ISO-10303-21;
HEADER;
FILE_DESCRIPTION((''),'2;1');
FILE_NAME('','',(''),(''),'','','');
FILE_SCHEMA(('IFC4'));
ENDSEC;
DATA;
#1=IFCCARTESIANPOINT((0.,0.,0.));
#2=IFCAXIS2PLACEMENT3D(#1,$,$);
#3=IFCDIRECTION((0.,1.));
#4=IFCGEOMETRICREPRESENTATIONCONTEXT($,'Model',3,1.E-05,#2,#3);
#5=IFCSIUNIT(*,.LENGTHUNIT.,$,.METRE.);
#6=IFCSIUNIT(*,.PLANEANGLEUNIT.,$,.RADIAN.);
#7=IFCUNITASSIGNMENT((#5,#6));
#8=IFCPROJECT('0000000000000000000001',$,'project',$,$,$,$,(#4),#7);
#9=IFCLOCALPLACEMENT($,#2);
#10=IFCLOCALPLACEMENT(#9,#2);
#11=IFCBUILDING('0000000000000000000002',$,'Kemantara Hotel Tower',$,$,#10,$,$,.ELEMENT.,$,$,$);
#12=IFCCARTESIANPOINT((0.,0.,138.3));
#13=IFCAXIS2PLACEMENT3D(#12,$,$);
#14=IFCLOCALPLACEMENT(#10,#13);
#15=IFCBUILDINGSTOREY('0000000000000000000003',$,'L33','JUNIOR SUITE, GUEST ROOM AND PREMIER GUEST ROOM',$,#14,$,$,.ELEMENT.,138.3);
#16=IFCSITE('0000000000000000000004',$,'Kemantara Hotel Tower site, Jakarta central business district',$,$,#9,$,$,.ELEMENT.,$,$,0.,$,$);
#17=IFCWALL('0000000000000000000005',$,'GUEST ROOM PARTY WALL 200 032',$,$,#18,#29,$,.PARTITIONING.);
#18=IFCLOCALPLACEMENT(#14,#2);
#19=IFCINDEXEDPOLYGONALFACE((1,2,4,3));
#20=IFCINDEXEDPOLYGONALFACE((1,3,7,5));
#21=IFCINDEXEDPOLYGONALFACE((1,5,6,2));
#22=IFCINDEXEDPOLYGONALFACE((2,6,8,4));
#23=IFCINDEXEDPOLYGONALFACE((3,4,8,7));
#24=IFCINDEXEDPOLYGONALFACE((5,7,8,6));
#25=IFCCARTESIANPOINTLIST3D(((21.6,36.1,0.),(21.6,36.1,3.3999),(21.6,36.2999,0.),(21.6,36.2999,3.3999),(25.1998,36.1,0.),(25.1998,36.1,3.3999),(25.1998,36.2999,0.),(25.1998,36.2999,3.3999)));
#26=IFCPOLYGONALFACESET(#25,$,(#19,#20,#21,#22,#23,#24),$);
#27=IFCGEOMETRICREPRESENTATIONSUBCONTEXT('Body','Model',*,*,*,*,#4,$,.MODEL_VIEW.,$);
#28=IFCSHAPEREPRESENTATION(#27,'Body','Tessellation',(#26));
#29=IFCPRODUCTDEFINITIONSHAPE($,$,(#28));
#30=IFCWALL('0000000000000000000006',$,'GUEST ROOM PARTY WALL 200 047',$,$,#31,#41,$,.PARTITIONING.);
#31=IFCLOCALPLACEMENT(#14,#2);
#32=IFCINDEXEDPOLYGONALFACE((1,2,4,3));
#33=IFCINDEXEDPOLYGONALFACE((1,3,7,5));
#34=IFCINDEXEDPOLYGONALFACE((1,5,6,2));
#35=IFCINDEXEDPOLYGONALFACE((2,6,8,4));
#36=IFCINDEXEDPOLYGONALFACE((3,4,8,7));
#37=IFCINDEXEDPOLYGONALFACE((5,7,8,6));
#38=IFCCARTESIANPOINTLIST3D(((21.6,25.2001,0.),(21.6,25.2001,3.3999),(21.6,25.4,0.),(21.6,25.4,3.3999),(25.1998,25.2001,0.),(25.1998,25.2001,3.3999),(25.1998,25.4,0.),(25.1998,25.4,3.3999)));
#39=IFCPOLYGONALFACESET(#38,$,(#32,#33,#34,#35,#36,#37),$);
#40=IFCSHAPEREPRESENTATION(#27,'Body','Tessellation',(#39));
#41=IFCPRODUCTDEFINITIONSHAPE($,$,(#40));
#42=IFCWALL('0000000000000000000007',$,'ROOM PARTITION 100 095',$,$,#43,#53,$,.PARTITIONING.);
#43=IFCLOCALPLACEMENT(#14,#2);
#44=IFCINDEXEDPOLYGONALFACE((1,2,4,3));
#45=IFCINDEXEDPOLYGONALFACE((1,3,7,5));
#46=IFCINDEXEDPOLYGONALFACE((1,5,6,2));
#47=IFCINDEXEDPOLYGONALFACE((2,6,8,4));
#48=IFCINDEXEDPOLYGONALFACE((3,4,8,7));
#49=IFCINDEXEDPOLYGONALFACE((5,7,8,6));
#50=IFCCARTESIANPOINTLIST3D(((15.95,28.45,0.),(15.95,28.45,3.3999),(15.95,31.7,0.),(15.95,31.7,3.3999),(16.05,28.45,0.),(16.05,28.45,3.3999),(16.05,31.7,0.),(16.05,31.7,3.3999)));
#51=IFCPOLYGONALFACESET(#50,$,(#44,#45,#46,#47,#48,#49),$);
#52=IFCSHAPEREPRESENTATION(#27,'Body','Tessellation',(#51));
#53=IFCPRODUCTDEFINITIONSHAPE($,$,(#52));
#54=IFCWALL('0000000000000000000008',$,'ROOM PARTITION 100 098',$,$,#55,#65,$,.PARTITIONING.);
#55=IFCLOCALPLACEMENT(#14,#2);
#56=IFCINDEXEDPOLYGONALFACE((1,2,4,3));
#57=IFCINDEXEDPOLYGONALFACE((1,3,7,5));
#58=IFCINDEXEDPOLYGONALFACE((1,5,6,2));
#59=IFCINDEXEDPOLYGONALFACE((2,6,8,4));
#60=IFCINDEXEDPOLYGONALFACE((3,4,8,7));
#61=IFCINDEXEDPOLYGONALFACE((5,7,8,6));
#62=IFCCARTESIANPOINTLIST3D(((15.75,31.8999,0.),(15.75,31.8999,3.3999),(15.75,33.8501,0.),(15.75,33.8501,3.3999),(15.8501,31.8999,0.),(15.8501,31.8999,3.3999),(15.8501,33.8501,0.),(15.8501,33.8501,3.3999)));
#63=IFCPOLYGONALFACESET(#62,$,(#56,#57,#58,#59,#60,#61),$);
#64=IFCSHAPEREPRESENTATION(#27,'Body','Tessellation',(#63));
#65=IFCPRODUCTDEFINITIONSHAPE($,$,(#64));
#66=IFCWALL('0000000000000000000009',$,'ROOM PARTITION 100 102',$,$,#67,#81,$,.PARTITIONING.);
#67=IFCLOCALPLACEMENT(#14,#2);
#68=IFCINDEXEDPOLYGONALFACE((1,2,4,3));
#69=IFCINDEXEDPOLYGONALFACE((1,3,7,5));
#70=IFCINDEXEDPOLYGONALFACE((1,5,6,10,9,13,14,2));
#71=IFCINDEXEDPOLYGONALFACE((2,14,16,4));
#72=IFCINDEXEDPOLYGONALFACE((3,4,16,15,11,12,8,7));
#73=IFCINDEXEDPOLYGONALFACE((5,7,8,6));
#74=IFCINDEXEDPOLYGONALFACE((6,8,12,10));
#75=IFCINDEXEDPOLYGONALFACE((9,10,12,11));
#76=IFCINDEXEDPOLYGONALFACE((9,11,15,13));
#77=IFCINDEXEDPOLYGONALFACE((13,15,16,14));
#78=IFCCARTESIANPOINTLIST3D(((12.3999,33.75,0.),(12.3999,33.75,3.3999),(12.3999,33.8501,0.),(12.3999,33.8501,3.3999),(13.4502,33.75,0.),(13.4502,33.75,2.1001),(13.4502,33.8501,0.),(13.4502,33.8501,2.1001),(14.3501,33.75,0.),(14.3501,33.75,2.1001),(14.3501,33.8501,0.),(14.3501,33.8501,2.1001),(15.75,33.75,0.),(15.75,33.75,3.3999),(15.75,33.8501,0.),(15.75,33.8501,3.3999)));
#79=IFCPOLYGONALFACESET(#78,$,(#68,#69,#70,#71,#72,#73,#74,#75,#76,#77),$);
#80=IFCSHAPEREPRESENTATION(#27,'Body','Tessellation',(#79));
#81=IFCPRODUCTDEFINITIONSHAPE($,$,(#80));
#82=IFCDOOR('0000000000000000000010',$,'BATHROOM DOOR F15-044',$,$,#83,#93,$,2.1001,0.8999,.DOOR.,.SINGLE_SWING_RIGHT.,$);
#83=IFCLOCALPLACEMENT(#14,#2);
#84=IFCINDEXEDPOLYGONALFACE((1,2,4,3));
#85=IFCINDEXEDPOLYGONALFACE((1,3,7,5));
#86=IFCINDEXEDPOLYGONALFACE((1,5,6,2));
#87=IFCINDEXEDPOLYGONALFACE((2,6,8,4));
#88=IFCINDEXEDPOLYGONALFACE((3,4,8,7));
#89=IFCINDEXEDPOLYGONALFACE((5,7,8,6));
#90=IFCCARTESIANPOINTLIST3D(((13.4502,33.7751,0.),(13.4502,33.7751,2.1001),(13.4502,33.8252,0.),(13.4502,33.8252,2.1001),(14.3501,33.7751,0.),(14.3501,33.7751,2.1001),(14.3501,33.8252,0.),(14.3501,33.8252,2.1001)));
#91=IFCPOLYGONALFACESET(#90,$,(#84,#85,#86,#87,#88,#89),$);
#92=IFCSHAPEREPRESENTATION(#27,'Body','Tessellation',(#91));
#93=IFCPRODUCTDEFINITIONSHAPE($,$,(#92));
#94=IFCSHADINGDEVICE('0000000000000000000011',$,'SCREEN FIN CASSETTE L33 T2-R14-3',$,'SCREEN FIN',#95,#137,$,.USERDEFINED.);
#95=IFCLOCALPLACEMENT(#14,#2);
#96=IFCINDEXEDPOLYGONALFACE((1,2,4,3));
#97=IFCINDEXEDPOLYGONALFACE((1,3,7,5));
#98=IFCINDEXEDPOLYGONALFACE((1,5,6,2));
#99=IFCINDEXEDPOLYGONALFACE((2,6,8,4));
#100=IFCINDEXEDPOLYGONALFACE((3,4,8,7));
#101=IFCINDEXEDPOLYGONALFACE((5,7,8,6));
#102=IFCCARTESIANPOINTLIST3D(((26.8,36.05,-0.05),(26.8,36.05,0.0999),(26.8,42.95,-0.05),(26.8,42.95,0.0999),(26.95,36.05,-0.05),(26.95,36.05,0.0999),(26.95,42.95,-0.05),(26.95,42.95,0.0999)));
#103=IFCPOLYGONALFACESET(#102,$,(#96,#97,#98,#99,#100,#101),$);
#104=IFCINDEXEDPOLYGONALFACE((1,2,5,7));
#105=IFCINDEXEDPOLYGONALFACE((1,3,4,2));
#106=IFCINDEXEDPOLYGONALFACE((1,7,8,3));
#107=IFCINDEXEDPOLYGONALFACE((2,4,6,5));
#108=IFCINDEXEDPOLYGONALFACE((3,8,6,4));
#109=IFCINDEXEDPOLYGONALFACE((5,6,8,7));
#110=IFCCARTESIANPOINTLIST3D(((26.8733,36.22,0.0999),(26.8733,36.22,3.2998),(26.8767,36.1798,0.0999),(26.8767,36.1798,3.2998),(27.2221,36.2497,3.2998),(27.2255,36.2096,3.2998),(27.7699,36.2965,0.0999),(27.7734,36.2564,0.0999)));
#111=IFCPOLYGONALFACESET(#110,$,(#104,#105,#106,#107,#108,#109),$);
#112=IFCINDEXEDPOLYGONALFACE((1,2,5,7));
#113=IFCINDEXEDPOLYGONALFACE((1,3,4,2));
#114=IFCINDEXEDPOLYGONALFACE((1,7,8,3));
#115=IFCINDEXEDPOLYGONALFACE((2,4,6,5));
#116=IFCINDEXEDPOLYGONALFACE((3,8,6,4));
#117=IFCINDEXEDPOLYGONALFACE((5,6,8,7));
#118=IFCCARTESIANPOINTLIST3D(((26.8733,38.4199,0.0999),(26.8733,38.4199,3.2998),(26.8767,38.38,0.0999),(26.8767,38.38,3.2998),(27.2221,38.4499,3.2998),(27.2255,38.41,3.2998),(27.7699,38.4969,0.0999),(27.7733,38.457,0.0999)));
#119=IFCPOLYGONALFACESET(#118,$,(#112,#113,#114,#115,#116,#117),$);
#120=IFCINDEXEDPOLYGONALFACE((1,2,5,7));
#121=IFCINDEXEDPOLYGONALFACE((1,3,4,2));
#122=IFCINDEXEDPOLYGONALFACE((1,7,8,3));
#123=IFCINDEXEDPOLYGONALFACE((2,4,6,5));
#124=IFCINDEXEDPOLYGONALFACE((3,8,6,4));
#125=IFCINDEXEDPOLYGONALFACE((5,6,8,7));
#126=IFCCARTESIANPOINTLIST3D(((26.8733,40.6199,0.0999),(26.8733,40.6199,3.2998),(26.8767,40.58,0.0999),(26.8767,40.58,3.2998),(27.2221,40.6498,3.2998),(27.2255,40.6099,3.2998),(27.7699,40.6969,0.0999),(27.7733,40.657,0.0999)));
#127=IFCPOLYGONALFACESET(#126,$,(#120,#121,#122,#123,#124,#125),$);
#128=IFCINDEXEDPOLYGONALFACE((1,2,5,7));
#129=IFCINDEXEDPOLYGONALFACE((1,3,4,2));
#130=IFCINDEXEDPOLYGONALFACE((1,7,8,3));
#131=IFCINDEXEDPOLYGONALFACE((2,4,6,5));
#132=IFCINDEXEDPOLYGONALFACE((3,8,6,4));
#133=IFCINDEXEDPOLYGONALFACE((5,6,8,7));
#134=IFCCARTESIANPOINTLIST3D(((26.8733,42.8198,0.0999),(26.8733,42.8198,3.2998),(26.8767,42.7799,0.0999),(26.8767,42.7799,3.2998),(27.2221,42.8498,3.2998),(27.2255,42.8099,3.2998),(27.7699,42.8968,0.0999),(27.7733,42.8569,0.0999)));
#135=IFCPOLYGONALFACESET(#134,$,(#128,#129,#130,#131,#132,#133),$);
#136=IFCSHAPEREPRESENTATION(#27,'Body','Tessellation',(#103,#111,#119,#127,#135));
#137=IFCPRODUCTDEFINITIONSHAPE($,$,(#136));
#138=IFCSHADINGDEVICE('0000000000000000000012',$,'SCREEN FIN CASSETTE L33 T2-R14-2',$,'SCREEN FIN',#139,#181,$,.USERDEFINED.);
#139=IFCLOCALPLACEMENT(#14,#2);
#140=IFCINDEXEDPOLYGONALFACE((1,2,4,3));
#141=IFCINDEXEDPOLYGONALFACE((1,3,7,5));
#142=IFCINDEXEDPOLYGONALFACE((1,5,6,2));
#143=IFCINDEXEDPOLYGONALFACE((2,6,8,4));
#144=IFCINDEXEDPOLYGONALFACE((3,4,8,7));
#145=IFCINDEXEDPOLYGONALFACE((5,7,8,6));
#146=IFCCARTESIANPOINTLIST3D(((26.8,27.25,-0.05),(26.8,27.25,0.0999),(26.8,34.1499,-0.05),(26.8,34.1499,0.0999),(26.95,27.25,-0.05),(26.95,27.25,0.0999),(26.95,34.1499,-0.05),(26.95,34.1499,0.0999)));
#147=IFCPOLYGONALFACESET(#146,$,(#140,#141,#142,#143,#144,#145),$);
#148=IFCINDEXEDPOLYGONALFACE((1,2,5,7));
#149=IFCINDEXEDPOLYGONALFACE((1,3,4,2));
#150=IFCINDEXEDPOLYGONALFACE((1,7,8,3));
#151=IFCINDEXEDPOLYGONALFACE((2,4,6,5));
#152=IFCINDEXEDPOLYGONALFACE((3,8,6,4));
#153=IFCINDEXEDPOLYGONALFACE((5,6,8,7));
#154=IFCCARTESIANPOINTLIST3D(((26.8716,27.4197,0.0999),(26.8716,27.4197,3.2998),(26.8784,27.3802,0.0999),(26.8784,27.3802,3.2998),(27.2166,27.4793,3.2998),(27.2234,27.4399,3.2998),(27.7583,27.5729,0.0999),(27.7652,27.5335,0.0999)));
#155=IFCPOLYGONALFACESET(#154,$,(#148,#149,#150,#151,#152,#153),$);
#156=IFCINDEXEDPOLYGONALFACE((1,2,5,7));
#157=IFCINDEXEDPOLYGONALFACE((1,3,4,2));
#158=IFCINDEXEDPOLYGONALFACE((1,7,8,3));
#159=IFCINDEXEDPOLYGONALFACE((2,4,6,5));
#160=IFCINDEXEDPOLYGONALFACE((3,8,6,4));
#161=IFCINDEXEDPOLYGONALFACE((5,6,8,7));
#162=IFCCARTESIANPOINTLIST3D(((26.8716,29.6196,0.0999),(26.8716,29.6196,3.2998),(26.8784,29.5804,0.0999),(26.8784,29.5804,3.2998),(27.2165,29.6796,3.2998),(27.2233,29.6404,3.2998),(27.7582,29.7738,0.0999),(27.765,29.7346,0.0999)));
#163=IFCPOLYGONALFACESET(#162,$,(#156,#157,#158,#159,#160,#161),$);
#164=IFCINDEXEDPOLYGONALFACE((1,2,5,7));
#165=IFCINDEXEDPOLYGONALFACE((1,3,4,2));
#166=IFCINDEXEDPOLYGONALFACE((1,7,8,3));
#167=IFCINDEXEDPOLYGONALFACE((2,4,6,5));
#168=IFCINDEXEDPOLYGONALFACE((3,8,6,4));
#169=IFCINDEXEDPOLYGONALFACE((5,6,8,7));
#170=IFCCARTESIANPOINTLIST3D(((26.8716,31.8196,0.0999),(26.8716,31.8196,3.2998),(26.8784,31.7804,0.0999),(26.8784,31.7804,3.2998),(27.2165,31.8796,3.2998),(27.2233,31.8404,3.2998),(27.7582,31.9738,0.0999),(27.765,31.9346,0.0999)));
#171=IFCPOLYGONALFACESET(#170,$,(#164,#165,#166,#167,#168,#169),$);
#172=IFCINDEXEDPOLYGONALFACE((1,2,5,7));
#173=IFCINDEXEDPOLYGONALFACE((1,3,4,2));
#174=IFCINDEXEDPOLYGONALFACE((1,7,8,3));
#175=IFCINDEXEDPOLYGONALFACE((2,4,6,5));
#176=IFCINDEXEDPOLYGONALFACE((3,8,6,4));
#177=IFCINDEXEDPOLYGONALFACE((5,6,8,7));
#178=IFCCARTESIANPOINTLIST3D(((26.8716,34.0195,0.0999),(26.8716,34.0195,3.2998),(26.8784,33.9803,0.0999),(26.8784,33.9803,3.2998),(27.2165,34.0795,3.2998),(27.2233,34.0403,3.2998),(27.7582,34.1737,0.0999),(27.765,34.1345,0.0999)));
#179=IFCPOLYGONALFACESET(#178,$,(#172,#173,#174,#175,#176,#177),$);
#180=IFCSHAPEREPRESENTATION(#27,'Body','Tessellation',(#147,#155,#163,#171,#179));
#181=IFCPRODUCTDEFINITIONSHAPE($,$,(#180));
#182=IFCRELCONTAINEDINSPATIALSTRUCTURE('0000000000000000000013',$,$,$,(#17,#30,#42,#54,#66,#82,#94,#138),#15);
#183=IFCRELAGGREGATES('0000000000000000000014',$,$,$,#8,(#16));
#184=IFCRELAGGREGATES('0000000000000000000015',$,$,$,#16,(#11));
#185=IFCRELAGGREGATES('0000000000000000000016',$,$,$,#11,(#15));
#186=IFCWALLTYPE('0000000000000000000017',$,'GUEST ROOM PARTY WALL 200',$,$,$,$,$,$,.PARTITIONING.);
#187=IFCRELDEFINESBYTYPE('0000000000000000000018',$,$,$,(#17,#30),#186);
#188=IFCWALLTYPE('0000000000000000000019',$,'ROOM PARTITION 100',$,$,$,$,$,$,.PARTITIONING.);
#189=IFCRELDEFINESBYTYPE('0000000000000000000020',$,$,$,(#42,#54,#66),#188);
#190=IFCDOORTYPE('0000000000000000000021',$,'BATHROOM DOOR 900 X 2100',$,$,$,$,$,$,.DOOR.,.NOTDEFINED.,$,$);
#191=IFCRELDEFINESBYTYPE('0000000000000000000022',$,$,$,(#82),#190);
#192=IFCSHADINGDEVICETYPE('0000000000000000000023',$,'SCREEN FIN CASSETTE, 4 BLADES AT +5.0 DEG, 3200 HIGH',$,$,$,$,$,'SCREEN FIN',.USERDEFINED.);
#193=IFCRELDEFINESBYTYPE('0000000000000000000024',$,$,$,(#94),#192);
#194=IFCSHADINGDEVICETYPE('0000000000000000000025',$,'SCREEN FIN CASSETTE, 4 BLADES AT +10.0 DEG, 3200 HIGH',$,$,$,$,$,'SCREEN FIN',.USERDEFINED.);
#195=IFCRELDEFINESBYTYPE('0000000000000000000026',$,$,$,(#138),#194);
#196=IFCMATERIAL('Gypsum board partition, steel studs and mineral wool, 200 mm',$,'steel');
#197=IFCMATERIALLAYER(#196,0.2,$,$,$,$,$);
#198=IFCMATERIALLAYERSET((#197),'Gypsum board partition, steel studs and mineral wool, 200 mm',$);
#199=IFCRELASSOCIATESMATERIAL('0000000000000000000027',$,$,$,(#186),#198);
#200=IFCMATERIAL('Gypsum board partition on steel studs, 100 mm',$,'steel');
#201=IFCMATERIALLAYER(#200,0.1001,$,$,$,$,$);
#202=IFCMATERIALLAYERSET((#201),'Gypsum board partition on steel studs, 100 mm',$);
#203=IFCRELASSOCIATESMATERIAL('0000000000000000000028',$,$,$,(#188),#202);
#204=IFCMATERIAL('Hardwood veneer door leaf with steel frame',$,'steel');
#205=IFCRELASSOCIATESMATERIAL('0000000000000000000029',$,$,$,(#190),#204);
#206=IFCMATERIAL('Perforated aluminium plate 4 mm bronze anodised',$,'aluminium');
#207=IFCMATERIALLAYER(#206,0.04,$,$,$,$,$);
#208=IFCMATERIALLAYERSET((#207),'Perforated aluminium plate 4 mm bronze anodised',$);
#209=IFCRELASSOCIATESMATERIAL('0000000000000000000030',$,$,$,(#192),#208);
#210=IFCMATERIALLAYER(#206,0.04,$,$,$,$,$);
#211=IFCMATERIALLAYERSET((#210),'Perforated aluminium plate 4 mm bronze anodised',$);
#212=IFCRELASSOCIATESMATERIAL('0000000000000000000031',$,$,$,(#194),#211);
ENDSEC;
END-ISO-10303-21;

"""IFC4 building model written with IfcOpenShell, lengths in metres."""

from ifc_helpers import new_model, si_unit, direction, frame, frame_2d, origin, origin_2d, place, context, subcontext, project, spatial, polyline, rectangle, outline, extrude, source, transform, mapped, material, layer, layer_set, type_object, element, fill, save


model = new_model("IFC4")

# Units and contexts
model_context = context("Model", 3, precision=1e-05, world=origin(), true_north=direction((0.0, 1.0)))
body_context = subcontext(model_context, "Body", "Model", "MODEL_VIEW")
ifc_project = project(units=[si_unit("LENGTHUNIT", "METRE"), si_unit("PLANEANGLEUNIT", "RADIAN")], contexts=[model_context])

# Site, building, storey
site_placement = place(None, origin())
site = spatial("IfcSite", under=ifc_project, at=site_placement, Name="Kemantara Hotel Tower site, Jakarta central business district", CompositionType="ELEMENT", RefElevation=0.0)
building_placement = place(site_placement, origin())
building = spatial("IfcBuilding", under=site, at=building_placement, Name="Kemantara Hotel Tower", CompositionType="ELEMENT")
storey_placement = place(building_placement, frame((0.0, 0.0, 138.3)))
storey = spatial("IfcBuildingStorey", under=building, at=storey_placement, Name="L33", Description="JUNIOR SUITE, GUEST ROOM AND PREMIER GUEST ROOM", CompositionType="ELEMENT", Elevation=138.3)

# Walls
ifc_material_1 = material(Name="Gypsum board partition, steel studs and mineral wool, 200 mm", Category="steel")
ifc_layer_1 = layer(ifc_material_1, 0.2)
ifc_layer_set_1 = layer_set([ifc_layer_1], Name="Gypsum board partition, steel studs and mineral wool, 200 mm")
wall_type_1 = type_object("IfcWallType", Name="GUEST ROOM PARTY WALL 200", PredefinedType="PARTITIONING", material=ifc_layer_set_1)
for number, where, z_axis, x_axis, name in (
    (1, (21.6001, 36.2, 0.0), (0.0, 0.0, 1.0), (1.0, 0.0, 0.0), "GUEST ROOM PARTY WALL 200 032"),
    (2, (21.6001, 25.3, 0.0), (0.0, 0.0, 1.0), (1.0, 0.0, 0.0), "GUEST ROOM PARTY WALL 200 047"),
):
    element("IfcWall", number, at=place(storey_placement, frame(where, z_axis=z_axis, x_axis=x_axis)), inside=storey, type_object=wall_type_1, Name=name, PredefinedType="PARTITIONING", context=body_context, shape_type="SweptSolid", body=[
        extrude(rectangle(XDim=3.5999, YDim=0.2, at=frame_2d((1.7998, 0.0))), origin(), (0.0, 0.0, 1.0), 3.3999),
    ])
ifc_material_2 = material(Name="Gypsum board partition on steel studs, 100 mm", Category="steel")
ifc_layer_2 = layer(ifc_material_2, 0.1001)
ifc_layer_set_2 = layer_set([ifc_layer_2], Name="Gypsum board partition on steel studs, 100 mm")
wall_type_2 = type_object("IfcWallType", Name="ROOM PARTITION 100", PredefinedType="PARTITIONING", material=ifc_layer_set_2)
wall_1_placement = place(storey_placement, frame((16.0, 28.45, 0.0), z_axis=(0.0, 0.0, 1.0), x_axis=(0.0, 1.0, 0.0)))
element("IfcWall", 3, at=wall_1_placement, inside=storey, type_object=wall_type_2, Name="ROOM PARTITION 100 095", PredefinedType="PARTITIONING", context=body_context, shape_type="SweptSolid", body=[
    extrude(rectangle(XDim=3.25, YDim=0.1001, at=frame_2d((1.625, 0.0))), origin(), (0.0, 0.0, 1.0), 3.3999),
])
wall_2_placement = place(storey_placement, frame((15.8, 31.8999, 0.0), z_axis=(0.0, 0.0, 1.0), x_axis=(0.0, 1.0, 0.0)))
element("IfcWall", 4, at=wall_2_placement, inside=storey, type_object=wall_type_2, Name="ROOM PARTITION 100 098", PredefinedType="PARTITIONING", context=body_context, shape_type="SweptSolid", body=[
    extrude(rectangle(XDim=1.9502, YDim=0.1001, at=frame_2d((0.9751, 0.0))), origin(), (0.0, 0.0, 1.0), 3.3999),
])

# Wall, opening, door
wall_3_placement = place(storey_placement, frame((15.75, 33.8, 0.0), z_axis=(0.0, 0.0, 1.0), x_axis=(-1.0, 0.0, 0.0)))
wall_3 = element("IfcWall", 5, at=wall_3_placement, inside=storey, type_object=wall_type_2, Name="ROOM PARTITION 100 102", PredefinedType="PARTITIONING", context=body_context, shape_type="SweptSolid", body=[
    extrude(rectangle(XDim=3.3501, YDim=0.1001, at=frame_2d((1.675, 0.0))), origin(), (0.0, 0.0, 1.0), 3.3999),
])
opening_placement = place(wall_3_placement, frame((1.3999, 0.0, 0.0)))
opening = element("IfcOpeningElement", 6, at=opening_placement, cuts=wall_3, PredefinedType="OPENING", context=body_context, shape_type="SweptSolid", body=[
    extrude(rectangle(XDim=0.8999, YDim=2.1001, at=frame_2d((0.45, 1.05))), frame((0.0, 0.0601, 0.0), z_axis=(0.0, -1.0, 0.0), x_axis=(1.0, 0.0, 0.0)), (0.0, 0.0, 1.0), 0.1201),
])
ifc_material_3 = material(Name="Hardwood veneer door leaf with steel frame", Category="steel")
door_type = type_object("IfcDoorType", Name="BATHROOM DOOR 900 X 2100", OperationType="NOTDEFINED", PredefinedType="DOOR", material=ifc_material_3)
door_placement = place(opening_placement, origin())
door = element("IfcDoor", 7, at=door_placement, inside=storey, type_object=door_type, Name="BATHROOM DOOR F15-044", OperationType="SINGLE_SWING_RIGHT", OverallHeight=2.1001, OverallWidth=0.8999, PredefinedType="DOOR", context=body_context, shape_type="SweptSolid", body=[
    extrude(rectangle(XDim=0.8999, YDim=2.1001, at=frame_2d((0.45, 1.05))), frame((0.0, 0.0249, 0.0), z_axis=(0.0, -1.0, 0.0), x_axis=(1.0, 0.0, 0.0)), (0.0, 0.0, 1.0), 0.05),
])
fill(opening, door)

# Shading devices
ifc_material_4 = material(Name="Perforated aluminium plate 4 mm bronze anodised", Category="aluminium")
ifc_layer_3 = layer(ifc_material_4, 0.04)
ifc_layer_set_3 = layer_set([ifc_layer_3], Name="Perforated aluminium plate 4 mm bronze anodised")
shading_device_type_1 = type_object("IfcShadingDeviceType", Name="SCREEN FIN CASSETTE, 4 BLADES AT +5.0 DEG, 3200 HIGH", ElementType="SCREEN FIN", PredefinedType="USERDEFINED", material=ifc_layer_set_3)
shared_shape_1 = source(origin(), body_context, "Body", "SweptSolid", [
    extrude(rectangle(XDim=6.8999, YDim=0.1499, at=origin_2d()), frame((3.3, -0.075, -0.1499), z_axis=(0.0, 0.0, 1.0), x_axis=(1.0, 0.0, 0.0)), (0.0, 0.0, 1.0), 0.1499),
    extrude(outline(polyline([(0.0, 0.0), (0.8999, 0.0), (0.3501, 3.2), (0.0, 3.2), (0.0, 0.0)])), frame((0.02, -0.0732, 0.0), z_axis=(-0.996376, -0.085056, 0.0), x_axis=(0.085056, -0.996376, 0.0)), (0.0, 0.0, 1.0), 0.0403),
    extrude(outline(polyline([(0.0, 0.0), (0.8999, 0.0), (0.3501, 3.2), (0.0, 3.2), (0.0, 0.0)])), frame((2.22, -0.0732, 0.0), z_axis=(-0.996332, -0.085575, 0.0), x_axis=(0.085575, -0.996332, 0.0)), (0.0, 0.0, 1.0), 0.04),
    extrude(outline(polyline([(0.0, 0.0), (0.8999, 0.0), (0.3501, 3.2), (0.0, 3.2), (0.0, 0.0)])), frame((4.4199, -0.0732, 0.0), z_axis=(-0.996332, -0.085575, 0.0), x_axis=(0.085575, -0.996332, 0.0)), (0.0, 0.0, 1.0), 0.04),
    extrude(outline(polyline([(0.0, 0.0), (0.8999, 0.0), (0.3501, 3.2), (0.0, 3.2), (0.0, 0.0)])), frame((6.6199, -0.0732, 0.0), z_axis=(-0.996332, -0.085575, 0.0), x_axis=(0.085575, -0.996332, 0.0)), (0.0, 0.0, 1.0), 0.04),
])
shading_device_1_placement = place(storey_placement, frame((26.8, 36.2, 0.0999), z_axis=(0.0, 0.0, 1.0), x_axis=(0.0, 1.0, 0.0)))
element("IfcShadingDevice", 8, at=shading_device_1_placement, inside=storey, type_object=shading_device_type_1, Name="SCREEN FIN CASSETTE L33 T2-R14-3", ObjectType="SCREEN FIN", PredefinedType="USERDEFINED", context=body_context, shape_type="MappedRepresentation", body=[
    mapped(shared_shape_1, transform((0.0, 0.0, 0.0))),
])
ifc_layer_4 = layer(ifc_material_4, 0.04)
ifc_layer_set_4 = layer_set([ifc_layer_4], Name="Perforated aluminium plate 4 mm bronze anodised")
shading_device_type_2 = type_object("IfcShadingDeviceType", Name="SCREEN FIN CASSETTE, 4 BLADES AT +10.0 DEG, 3200 HIGH", ElementType="SCREEN FIN", PredefinedType="USERDEFINED", material=ifc_layer_set_4)
shared_shape_2 = source(origin(), body_context, "Body", "SweptSolid", [
    extrude(rectangle(XDim=6.8999, YDim=0.1499, at=origin_2d()), frame((3.3, -0.075, -0.1499), z_axis=(0.0, 0.0, 1.0), x_axis=(1.0, 0.0, 0.0)), (0.0, 0.0, 1.0), 0.1499),
    extrude(outline(polyline([(0.0, 0.0), (0.8999, 0.0), (0.3501, 3.2), (0.0, 3.2), (0.0, 0.0)])), frame((0.0198, -0.0715, 0.0), z_axis=(-0.98539, -0.170314, 0.0), x_axis=(0.170314, -0.98539, 0.0)), (0.0, 0.0, 1.0), 0.04),
    extrude(outline(polyline([(0.0, 0.0), (0.8999, 0.0), (0.3501, 3.2), (0.0, 3.2), (0.0, 0.0)])), frame((2.2197, -0.0715, 0.0), z_axis=(-0.985212, -0.171341, 0.0), x_axis=(0.171341, -0.985212, 0.0)), (0.0, 0.0, 1.0), 0.0398),
    extrude(outline(polyline([(0.0, 0.0), (0.8999, 0.0), (0.3501, 3.2), (0.0, 3.2), (0.0, 0.0)])), frame((4.4197, -0.0715, 0.0), z_axis=(-0.985212, -0.171341, 0.0), x_axis=(0.171341, -0.985212, 0.0)), (0.0, 0.0, 1.0), 0.0398),
    extrude(outline(polyline([(0.0, 0.0), (0.8999, 0.0), (0.3501, 3.2), (0.0, 3.2), (0.0, 0.0)])), frame((6.6196, -0.0715, 0.0), z_axis=(-0.985212, -0.171341, 0.0), x_axis=(0.171341, -0.985212, 0.0)), (0.0, 0.0, 1.0), 0.0398),
])
shading_device_2_placement = place(storey_placement, frame((26.8, 27.3999, 0.0999), z_axis=(0.0, 0.0, 1.0), x_axis=(0.0, 1.0, 0.0)))
element("IfcShadingDevice", 9, at=shading_device_2_placement, inside=storey, type_object=shading_device_type_2, Name="SCREEN FIN CASSETTE L33 T2-R14-2", ObjectType="SCREEN FIN", PredefinedType="USERDEFINED", context=body_context, shape_type="MappedRepresentation", body=[
    mapped(shared_shape_2, transform((0.0, 0.0, 0.0))),
])

save(model, "model.ifc")
